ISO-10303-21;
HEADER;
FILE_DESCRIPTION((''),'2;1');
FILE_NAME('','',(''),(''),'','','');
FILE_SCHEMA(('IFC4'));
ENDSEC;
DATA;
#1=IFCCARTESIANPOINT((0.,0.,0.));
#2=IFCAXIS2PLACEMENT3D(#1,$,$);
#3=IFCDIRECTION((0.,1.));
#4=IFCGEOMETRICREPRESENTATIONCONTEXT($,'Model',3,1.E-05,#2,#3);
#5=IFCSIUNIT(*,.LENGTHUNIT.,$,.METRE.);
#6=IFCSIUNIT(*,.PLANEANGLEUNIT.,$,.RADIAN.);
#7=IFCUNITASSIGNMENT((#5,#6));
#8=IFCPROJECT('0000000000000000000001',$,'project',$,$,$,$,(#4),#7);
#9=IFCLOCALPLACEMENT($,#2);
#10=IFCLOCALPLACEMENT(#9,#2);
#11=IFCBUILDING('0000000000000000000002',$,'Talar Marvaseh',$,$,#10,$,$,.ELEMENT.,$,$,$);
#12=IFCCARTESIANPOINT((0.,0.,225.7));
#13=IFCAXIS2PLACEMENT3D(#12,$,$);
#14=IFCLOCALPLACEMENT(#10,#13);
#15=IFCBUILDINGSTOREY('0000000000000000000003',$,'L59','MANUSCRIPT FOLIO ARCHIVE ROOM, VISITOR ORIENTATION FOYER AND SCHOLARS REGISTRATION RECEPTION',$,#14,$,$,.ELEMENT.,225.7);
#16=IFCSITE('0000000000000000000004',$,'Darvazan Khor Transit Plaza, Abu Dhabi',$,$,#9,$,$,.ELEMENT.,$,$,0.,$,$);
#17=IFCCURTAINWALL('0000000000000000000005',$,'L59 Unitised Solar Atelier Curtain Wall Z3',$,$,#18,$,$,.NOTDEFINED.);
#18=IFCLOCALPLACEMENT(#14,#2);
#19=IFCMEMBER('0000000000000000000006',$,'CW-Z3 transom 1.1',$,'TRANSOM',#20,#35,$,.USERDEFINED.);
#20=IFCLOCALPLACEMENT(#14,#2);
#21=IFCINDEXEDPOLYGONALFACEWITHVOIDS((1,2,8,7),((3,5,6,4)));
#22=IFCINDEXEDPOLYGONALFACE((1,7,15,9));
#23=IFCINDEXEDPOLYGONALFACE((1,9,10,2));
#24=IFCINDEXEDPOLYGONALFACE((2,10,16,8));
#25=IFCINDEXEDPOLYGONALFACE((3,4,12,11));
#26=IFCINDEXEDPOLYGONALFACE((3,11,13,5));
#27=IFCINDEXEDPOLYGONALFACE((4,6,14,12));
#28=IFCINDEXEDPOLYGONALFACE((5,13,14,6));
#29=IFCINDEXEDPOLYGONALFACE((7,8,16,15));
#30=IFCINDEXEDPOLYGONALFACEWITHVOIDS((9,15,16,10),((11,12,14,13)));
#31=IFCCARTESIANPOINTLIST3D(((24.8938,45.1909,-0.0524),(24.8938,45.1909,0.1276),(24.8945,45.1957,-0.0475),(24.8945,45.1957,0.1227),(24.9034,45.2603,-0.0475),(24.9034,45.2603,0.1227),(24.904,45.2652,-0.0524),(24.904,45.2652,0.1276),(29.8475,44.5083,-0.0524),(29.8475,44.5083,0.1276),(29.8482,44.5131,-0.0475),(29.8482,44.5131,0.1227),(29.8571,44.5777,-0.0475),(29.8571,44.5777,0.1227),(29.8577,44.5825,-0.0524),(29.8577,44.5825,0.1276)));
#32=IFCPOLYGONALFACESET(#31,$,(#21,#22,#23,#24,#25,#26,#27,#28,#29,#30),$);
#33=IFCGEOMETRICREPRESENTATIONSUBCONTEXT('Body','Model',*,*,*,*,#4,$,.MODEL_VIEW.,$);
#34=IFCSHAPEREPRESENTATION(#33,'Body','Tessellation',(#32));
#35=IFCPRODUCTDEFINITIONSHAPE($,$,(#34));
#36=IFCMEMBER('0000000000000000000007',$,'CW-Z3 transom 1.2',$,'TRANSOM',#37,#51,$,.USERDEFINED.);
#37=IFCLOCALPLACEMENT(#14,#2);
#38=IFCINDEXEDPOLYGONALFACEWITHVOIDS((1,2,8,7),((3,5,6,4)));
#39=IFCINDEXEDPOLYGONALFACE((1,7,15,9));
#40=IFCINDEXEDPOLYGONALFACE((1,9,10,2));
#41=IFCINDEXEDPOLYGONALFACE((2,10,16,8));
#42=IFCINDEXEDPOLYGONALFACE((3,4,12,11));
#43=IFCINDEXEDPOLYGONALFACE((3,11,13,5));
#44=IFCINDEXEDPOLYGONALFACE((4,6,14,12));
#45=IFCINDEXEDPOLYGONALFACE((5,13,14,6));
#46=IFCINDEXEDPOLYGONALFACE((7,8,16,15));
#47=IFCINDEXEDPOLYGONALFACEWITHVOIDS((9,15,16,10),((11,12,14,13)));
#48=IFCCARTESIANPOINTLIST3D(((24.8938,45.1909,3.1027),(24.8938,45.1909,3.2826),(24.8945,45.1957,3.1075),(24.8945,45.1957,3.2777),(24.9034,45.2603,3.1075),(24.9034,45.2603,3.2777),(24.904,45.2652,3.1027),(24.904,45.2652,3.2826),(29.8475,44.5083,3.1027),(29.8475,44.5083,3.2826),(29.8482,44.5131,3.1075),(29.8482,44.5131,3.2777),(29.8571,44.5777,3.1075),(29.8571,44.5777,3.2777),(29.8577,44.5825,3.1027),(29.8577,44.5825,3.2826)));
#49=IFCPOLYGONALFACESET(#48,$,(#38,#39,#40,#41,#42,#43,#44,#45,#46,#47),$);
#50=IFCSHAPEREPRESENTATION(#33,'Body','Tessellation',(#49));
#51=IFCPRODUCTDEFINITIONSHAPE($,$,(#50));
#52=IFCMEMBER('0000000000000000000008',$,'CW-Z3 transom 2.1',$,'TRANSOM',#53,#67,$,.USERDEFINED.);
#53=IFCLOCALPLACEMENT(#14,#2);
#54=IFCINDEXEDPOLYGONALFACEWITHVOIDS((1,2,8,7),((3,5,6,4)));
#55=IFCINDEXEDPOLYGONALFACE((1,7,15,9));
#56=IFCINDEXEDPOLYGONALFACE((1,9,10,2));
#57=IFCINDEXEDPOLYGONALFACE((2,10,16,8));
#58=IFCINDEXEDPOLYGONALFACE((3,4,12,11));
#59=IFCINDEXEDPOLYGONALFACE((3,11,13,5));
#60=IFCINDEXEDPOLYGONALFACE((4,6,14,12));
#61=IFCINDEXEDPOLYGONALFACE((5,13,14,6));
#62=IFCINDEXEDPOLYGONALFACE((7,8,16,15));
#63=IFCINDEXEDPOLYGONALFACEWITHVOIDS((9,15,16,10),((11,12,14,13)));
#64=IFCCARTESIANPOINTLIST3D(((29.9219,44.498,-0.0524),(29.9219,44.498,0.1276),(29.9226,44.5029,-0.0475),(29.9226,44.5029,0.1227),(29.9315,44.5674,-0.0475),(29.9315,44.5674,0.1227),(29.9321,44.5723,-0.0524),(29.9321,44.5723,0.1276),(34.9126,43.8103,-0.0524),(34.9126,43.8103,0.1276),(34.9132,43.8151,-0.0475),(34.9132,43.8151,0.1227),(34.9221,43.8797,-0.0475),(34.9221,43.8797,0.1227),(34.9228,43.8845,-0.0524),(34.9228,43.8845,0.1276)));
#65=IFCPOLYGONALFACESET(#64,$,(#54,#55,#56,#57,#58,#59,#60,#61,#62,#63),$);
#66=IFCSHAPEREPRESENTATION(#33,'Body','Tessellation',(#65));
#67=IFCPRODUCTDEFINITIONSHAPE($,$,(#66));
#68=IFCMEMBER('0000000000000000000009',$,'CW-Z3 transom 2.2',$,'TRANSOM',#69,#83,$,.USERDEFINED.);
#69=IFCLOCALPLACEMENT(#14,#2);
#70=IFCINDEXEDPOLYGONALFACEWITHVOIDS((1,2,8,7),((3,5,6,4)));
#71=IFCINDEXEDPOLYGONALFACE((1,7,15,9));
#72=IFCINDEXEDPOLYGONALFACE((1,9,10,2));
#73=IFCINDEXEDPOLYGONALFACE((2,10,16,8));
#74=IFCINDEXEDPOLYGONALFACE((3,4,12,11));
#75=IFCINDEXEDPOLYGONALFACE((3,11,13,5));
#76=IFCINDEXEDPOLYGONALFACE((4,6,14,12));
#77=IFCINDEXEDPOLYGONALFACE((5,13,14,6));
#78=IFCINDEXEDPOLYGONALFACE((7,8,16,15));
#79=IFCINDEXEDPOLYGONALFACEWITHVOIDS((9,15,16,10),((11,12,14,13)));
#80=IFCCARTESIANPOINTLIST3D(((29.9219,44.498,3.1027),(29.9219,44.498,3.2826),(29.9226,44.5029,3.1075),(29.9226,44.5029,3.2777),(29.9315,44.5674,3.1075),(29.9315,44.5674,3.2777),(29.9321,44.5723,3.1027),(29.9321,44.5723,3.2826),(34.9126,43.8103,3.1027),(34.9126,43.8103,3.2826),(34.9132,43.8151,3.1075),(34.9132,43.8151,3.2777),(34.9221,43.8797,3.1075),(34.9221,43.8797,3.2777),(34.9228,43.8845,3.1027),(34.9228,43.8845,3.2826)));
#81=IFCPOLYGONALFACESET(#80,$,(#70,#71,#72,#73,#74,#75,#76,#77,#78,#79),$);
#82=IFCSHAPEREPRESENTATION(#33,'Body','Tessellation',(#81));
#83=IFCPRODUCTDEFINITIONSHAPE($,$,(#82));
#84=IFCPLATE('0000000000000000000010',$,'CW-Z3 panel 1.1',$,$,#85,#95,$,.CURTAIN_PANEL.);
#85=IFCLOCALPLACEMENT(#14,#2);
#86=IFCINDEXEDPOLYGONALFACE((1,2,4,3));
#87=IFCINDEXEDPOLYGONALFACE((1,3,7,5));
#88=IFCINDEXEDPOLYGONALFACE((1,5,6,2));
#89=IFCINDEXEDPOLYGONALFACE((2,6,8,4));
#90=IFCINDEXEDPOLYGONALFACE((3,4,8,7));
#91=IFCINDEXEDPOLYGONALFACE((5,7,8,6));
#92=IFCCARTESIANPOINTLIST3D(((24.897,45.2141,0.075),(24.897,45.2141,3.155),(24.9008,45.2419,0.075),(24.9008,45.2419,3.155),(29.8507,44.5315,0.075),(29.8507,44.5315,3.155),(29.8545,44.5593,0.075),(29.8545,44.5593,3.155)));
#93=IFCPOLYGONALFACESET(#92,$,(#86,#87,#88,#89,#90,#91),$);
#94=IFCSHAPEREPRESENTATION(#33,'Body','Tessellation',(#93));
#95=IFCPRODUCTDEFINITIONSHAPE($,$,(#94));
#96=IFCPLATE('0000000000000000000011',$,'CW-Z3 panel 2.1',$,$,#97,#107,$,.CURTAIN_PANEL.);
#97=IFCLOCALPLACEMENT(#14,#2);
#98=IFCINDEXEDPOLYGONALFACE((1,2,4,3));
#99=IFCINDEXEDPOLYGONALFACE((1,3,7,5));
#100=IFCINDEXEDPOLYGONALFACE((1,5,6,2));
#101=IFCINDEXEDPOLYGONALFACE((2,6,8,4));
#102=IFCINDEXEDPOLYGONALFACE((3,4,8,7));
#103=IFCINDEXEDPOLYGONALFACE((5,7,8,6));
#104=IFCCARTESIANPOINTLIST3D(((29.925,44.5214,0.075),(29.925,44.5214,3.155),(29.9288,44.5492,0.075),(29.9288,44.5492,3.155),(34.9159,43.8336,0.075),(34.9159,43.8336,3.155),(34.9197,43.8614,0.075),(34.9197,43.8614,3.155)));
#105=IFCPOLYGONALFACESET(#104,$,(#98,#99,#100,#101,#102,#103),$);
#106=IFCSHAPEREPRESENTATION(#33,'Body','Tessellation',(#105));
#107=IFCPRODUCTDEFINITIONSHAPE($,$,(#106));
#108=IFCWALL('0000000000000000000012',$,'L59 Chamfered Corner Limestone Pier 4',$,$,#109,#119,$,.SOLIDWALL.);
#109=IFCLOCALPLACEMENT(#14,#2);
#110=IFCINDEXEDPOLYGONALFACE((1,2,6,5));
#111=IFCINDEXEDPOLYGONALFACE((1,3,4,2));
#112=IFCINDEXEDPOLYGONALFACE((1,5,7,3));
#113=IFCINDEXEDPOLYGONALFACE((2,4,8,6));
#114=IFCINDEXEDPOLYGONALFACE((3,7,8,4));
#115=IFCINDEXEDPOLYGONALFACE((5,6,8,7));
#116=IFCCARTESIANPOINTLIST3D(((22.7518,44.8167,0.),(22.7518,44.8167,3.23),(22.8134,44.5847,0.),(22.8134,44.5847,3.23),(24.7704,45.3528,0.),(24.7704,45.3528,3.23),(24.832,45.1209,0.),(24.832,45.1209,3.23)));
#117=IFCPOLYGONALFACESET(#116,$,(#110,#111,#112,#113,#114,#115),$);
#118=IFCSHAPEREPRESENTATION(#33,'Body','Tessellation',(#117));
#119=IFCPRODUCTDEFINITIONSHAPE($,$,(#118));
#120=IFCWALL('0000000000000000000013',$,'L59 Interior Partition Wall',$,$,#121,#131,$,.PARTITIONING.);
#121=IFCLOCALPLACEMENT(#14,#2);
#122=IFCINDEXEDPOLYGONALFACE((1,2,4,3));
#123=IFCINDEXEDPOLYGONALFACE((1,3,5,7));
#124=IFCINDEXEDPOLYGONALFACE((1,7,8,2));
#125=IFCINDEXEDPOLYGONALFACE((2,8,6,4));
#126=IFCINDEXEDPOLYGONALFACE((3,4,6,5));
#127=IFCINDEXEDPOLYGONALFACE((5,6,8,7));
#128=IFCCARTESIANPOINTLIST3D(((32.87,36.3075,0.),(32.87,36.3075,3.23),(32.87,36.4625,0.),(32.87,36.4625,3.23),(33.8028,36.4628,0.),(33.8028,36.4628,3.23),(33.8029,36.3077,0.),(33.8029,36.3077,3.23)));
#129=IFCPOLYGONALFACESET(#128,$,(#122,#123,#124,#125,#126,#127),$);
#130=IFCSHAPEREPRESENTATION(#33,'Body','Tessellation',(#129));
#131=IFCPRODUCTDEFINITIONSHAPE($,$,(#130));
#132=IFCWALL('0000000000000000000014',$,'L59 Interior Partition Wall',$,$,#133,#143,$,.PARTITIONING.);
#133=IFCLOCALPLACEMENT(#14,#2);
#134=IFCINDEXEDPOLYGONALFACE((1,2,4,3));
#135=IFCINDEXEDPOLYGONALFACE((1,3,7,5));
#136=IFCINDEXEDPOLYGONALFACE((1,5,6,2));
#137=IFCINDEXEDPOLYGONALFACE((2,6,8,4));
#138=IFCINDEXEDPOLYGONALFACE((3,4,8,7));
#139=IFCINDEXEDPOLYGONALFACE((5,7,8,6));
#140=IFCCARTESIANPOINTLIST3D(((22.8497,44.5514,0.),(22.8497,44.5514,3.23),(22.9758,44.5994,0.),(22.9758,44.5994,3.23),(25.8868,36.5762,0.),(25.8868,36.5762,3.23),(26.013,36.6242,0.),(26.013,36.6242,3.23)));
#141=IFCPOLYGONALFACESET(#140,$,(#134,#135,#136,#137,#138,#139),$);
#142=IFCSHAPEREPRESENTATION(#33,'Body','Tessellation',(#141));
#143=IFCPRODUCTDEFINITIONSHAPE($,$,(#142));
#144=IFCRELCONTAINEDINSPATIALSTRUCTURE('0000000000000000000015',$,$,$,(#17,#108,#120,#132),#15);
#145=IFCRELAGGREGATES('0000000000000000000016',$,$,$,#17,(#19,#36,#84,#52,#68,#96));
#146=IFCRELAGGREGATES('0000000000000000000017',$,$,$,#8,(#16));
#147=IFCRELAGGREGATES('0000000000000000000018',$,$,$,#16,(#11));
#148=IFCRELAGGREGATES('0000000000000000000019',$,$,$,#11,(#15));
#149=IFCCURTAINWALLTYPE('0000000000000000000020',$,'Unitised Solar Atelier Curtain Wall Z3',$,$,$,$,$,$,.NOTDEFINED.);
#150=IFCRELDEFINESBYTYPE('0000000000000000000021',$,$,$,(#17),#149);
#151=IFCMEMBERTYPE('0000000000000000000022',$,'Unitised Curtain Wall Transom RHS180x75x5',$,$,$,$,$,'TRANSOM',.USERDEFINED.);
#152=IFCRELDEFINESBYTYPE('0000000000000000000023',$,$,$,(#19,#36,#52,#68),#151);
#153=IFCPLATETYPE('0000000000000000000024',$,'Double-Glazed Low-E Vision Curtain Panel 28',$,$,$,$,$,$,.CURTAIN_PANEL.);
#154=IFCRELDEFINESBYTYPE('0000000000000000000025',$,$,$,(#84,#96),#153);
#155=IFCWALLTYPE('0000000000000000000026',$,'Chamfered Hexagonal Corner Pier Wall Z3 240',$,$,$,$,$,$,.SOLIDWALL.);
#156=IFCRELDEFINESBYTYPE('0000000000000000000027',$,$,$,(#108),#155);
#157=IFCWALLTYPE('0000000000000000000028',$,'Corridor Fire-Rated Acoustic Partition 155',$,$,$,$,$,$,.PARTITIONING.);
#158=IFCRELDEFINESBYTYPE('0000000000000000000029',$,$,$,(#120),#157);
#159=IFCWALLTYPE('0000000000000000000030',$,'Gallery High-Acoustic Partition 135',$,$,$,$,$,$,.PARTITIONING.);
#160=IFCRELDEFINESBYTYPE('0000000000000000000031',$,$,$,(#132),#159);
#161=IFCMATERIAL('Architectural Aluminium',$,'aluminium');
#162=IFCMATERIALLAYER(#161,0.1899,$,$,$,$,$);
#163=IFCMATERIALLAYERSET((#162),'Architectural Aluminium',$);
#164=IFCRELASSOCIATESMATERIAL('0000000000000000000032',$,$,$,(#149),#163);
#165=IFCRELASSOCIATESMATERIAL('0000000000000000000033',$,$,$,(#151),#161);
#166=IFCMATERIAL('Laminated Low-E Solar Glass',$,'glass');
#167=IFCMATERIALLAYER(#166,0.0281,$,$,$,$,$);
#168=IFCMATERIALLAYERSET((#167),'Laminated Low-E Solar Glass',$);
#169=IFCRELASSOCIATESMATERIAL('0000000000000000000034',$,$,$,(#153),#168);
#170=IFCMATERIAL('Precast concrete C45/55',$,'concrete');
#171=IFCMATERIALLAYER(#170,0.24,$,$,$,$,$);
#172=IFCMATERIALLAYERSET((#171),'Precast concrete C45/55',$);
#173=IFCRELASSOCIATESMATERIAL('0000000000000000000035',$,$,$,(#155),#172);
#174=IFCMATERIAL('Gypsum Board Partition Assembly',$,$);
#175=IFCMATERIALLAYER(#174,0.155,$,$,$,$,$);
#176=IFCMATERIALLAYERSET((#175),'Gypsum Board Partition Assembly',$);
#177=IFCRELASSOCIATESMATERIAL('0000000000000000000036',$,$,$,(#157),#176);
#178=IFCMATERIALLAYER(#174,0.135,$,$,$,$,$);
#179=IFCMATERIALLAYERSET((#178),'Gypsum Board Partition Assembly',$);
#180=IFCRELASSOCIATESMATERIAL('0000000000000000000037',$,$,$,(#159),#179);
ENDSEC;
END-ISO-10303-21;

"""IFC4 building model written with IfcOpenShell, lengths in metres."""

from ifc_helpers import new_model, si_unit, direction, frame, frame_2d, origin, origin_2d, place, context, subcontext, project, spatial, rectangle, hollow_rectangle, extrude, source, transform, mapped, material, layer, layer_set, material_profile, profile_set, type_object, type_shapes, element, aggregate, save


model = new_model("IFC4")

# Units and contexts
model_context = context("Model", 3, precision=1e-05, world=origin(), true_north=direction((0.0, 1.0)))
body_context = subcontext(model_context, "Body", "Model", "MODEL_VIEW")
ifc_project = project(units=[si_unit("LENGTHUNIT", "METRE"), si_unit("PLANEANGLEUNIT", "RADIAN")], contexts=[model_context])

# Site, building, storey
site_placement = place(None, origin())
site = spatial("IfcSite", under=ifc_project, at=site_placement, Name="Darvazan Khor Transit Plaza, Abu Dhabi", CompositionType="ELEMENT", RefElevation=0.0)
building_placement = place(site_placement, origin())
building = spatial("IfcBuilding", under=site, at=building_placement, Name="Talar Marvaseh", CompositionType="ELEMENT")
storey_placement = place(building_placement, frame((0.0, 0.0, 225.7)))
storey = spatial("IfcBuildingStorey", under=building, at=storey_placement, Name="L59", Description="MANUSCRIPT FOLIO ARCHIVE ROOM, VISITOR ORIENTATION FOYER AND SCHOLARS REGISTRATION RECEPTION", CompositionType="ELEMENT", Elevation=225.7)

# Shared definitions
ifc_material_1 = material(Name="Architectural Aluminium", Category="aluminium")
ifc_layer_1 = layer(ifc_material_1, 0.1899)
ifc_layer_set_1 = layer_set([ifc_layer_1], Name="Architectural Aluminium")
curtain_wall_type = type_object("IfcCurtainWallType", Name="Unitised Solar Atelier Curtain Wall Z3", PredefinedType="NOTDEFINED", material=ifc_layer_set_1)

# Curtain wall, members, plates
curtain_wall_1_placement = place(storey_placement, origin())
curtain_wall_1 = element("IfcCurtainWall", 1, at=curtain_wall_1_placement, inside=storey, type_object=curtain_wall_type, Name="L59 Unitised Solar Atelier Curtain Wall Z3", PredefinedType="NOTDEFINED")
ifc_material_profile_1 = material_profile(ifc_material_1, hollow_rectangle(XDim=0.075, YDim=0.1799, WallThickness=0.0049, at=origin_2d()), Name="RHS180x75x5")
ifc_profile_set_1 = profile_set([ifc_material_profile_1], Name="Architectural Aluminium")
member_type_1 = type_object("IfcMemberType", Name="Unitised Curtain Wall Transom RHS180x75x5", ElementType="TRANSOM", PredefinedType="USERDEFINED", material=ifc_profile_set_1)
shared_shape_1 = source(origin(), body_context, "Body", "SweptSolid", [
    extrude(hollow_rectangle(XDim=0.075, YDim=0.1799, WallThickness=0.0049, at=origin_2d()), origin(), (0.0, 0.0, 1.0), 5.0005),
])
member_1_placement = place(storey_placement, frame((24.8989, 45.228, 0.0376), z_axis=(0.990638, -0.136512, 0.0), x_axis=(0.136512, 0.990638, 0.0)))
member_1 = element("IfcMember", 2, at=member_1_placement, type_object=member_type_1, Name="CW-Z3 transom 1.1", ObjectType="TRANSOM", PredefinedType="USERDEFINED", context=body_context, shape_type="MappedRepresentation", body=[
    mapped(shared_shape_1, transform((0.0, 0.0, 0.0), x_axis=(1.0, 0.0, 0.0), y_axis=(0.0, 1.0, 0.0), z_axis=(0.0, 0.0, 1.0), scale=1.0)),
])
member_2_placement = place(storey_placement, frame((24.8989, 45.228, 3.1926), z_axis=(0.990638, -0.136512, 0.0), x_axis=(0.136512, 0.990638, 0.0)))
member_2 = element("IfcMember", 3, at=member_2_placement, type_object=member_type_1, Name="CW-Z3 transom 1.2", ObjectType="TRANSOM", PredefinedType="USERDEFINED", context=body_context, shape_type="MappedRepresentation", body=[
    mapped(shared_shape_1, transform((0.0, 0.0, 0.0), x_axis=(1.0, 0.0, 0.0), y_axis=(0.0, 1.0, 0.0), z_axis=(0.0, 0.0, 1.0), scale=1.0)),
])
shared_shape_2 = source(origin(), body_context, "Body", "SweptSolid", [
    extrude(hollow_rectangle(XDim=0.075, YDim=0.1799, WallThickness=0.0049, at=origin_2d()), origin(), (0.0, 0.0, 1.0), 5.0378),
])
type_shapes(member_type_1, [shared_shape_1, shared_shape_2])
member_3_placement = place(storey_placement, frame((29.927, 44.5352, 0.0376), z_axis=(0.990638, -0.136514, 0.0), x_axis=(0.136514, 0.990638, 0.0)))
member_3 = element("IfcMember", 4, at=member_3_placement, type_object=member_type_1, Name="CW-Z3 transom 2.1", ObjectType="TRANSOM", PredefinedType="USERDEFINED", context=body_context, shape_type="MappedRepresentation", body=[
    mapped(shared_shape_2, transform((0.0, 0.0, 0.0), x_axis=(1.0, 0.0, 0.0), y_axis=(0.0, 1.0, 0.0), z_axis=(0.0, 0.0, 1.0), scale=1.0)),
])
member_4_placement = place(storey_placement, frame((29.927, 44.5352, 3.1926), z_axis=(0.990638, -0.136514, 0.0), x_axis=(0.136514, 0.990638, 0.0)))
member_4 = element("IfcMember", 5, at=member_4_placement, type_object=member_type_1, Name="CW-Z3 transom 2.2", ObjectType="TRANSOM", PredefinedType="USERDEFINED", context=body_context, shape_type="MappedRepresentation", body=[
    mapped(shared_shape_2, transform((0.0, 0.0, 0.0), x_axis=(1.0, 0.0, 0.0), y_axis=(0.0, 1.0, 0.0), z_axis=(0.0, 0.0, 1.0), scale=1.0)),
])
ifc_material_2 = material(Name="Laminated Low-E Solar Glass", Category="glass")
ifc_layer_2 = layer(ifc_material_2, 0.0281)
ifc_layer_set_2 = layer_set([ifc_layer_2], Name="Laminated Low-E Solar Glass")
plate_type = type_object("IfcPlateType", Name="Double-Glazed Low-E Vision Curtain Panel 28", PredefinedType="CURTAIN_PANEL", material=ifc_layer_set_2)
shared_shape_3 = source(origin(), body_context, "Body", "SweptSolid", [
    extrude(rectangle(XDim=5.0005, YDim=0.0281, at=origin_2d()), origin(), (0.0, 0.0, 1.0), 3.0801),
])
plate_1_placement = place(storey_placement, frame((27.3757, 44.8867, 0.075), z_axis=(0.0, 0.0, 1.0), x_axis=(0.990638, -0.136515, 0.0)))
plate_1 = element("IfcPlate", 6, at=plate_1_placement, type_object=plate_type, Name="CW-Z3 panel 1.1", PredefinedType="CURTAIN_PANEL", context=body_context, shape_type="MappedRepresentation", body=[
    mapped(shared_shape_3, transform((0.0, 0.0, 0.0), x_axis=(1.0, 0.0, 0.0), y_axis=(0.0, 1.0, 0.0), z_axis=(0.0, 0.0, 1.0), scale=1.0)),
])
shared_shape_4 = source(origin(), body_context, "Body", "SweptSolid", [
    extrude(rectangle(XDim=5.0381, YDim=0.0281, at=origin_2d()), origin(), (0.0, 0.0, 1.0), 3.0801),
])
type_shapes(plate_type, [shared_shape_3, shared_shape_4])
plate_2_placement = place(storey_placement, frame((32.4224, 44.1914, 0.075), z_axis=(0.0, 0.0, 1.0), x_axis=(0.990638, -0.136515, 0.0)))
plate_2 = element("IfcPlate", 7, at=plate_2_placement, type_object=plate_type, Name="CW-Z3 panel 2.1", PredefinedType="CURTAIN_PANEL", context=body_context, shape_type="MappedRepresentation", body=[
    mapped(shared_shape_4, transform((0.0, 0.0, 0.0), x_axis=(1.0, 0.0, 0.0), y_axis=(0.0, 1.0, 0.0), z_axis=(0.0, 0.0, 1.0), scale=1.0)),
])
aggregate(curtain_wall_1, [member_1, member_2, plate_1, member_3, member_4, plate_2])

# Wall
ifc_material_3 = material(Name="Precast concrete C45/55", Category="concrete")
ifc_layer_3 = layer(ifc_material_3, 0.24)
ifc_layer_set_3 = layer_set([ifc_layer_3], Name="Precast concrete C45/55")
wall_type_1 = type_object("IfcWallType", Name="Chamfered Hexagonal Corner Pier Wall Z3 240", PredefinedType="SOLIDWALL", material=ifc_layer_set_3)
wall_1_placement = place(storey_placement, frame((22.7825, 44.7007, 0.0), z_axis=(0.0, 0.0, 1.0), x_axis=(0.966491, 0.256702, 0.0)))
element("IfcWall", 8, at=wall_1_placement, inside=storey, type_object=wall_type_1, Name="L59 Chamfered Corner Limestone Pier 4", PredefinedType="SOLIDWALL", context=body_context, shape_type="SweptSolid", body=[
    extrude(rectangle(XDim=2.0886, YDim=0.24, at=frame_2d((1.0444, 0.0))), origin(), (0.0, 0.0, 1.0), 3.23),
])

# Shared definitions
ifc_material_4 = material(Name="Gypsum Board Partition Assembly")
ifc_layer_4 = layer(ifc_material_4, 0.155)
ifc_layer_set_4 = layer_set([ifc_layer_4], Name="Gypsum Board Partition Assembly")
wall_type_2 = type_object("IfcWallType", Name="Corridor Fire-Rated Acoustic Partition 155", PredefinedType="PARTITIONING", material=ifc_layer_set_4)

# Walls
wall_2_placement = place(storey_placement, frame((32.8701, 36.385, 0.0), z_axis=(0.0, 0.0, 1.0), x_axis=(1.0, 0.000262, 0.0)))
element("IfcWall", 9, at=wall_2_placement, inside=storey, type_object=wall_type_2, Name="L59 Interior Partition Wall", PredefinedType="PARTITIONING", context=body_context, shape_type="SweptSolid", body=[
    extrude(rectangle(XDim=0.9329, YDim=0.155, at=frame_2d((0.4663, 0.0))), origin(), (0.0, 0.0, 1.0), 3.23),
])
ifc_layer_5 = layer(ifc_material_4, 0.135)
ifc_layer_set_5 = layer_set([ifc_layer_5], Name="Gypsum Board Partition Assembly")
wall_type_3 = type_object("IfcWallType", Name="Gallery High-Acoustic Partition 135", PredefinedType="PARTITIONING", material=ifc_layer_set_5)
wall_3_placement = place(storey_placement, frame((25.95, 36.6001, 0.0), z_axis=(0.0, 0.0, 1.0), x_axis=(-0.355891, 0.934528, 0.0)))
element("IfcWall", 10, at=wall_3_placement, inside=storey, type_object=wall_type_3, Name="L59 Interior Partition Wall", PredefinedType="PARTITIONING", context=body_context, shape_type="SweptSolid", body=[
    extrude(rectangle(XDim=8.5339, YDim=0.135, at=frame_2d((4.2671, 0.0))), origin(), (0.0, 0.0, 1.0), 3.23),
])

save(model, "model.ifc")
